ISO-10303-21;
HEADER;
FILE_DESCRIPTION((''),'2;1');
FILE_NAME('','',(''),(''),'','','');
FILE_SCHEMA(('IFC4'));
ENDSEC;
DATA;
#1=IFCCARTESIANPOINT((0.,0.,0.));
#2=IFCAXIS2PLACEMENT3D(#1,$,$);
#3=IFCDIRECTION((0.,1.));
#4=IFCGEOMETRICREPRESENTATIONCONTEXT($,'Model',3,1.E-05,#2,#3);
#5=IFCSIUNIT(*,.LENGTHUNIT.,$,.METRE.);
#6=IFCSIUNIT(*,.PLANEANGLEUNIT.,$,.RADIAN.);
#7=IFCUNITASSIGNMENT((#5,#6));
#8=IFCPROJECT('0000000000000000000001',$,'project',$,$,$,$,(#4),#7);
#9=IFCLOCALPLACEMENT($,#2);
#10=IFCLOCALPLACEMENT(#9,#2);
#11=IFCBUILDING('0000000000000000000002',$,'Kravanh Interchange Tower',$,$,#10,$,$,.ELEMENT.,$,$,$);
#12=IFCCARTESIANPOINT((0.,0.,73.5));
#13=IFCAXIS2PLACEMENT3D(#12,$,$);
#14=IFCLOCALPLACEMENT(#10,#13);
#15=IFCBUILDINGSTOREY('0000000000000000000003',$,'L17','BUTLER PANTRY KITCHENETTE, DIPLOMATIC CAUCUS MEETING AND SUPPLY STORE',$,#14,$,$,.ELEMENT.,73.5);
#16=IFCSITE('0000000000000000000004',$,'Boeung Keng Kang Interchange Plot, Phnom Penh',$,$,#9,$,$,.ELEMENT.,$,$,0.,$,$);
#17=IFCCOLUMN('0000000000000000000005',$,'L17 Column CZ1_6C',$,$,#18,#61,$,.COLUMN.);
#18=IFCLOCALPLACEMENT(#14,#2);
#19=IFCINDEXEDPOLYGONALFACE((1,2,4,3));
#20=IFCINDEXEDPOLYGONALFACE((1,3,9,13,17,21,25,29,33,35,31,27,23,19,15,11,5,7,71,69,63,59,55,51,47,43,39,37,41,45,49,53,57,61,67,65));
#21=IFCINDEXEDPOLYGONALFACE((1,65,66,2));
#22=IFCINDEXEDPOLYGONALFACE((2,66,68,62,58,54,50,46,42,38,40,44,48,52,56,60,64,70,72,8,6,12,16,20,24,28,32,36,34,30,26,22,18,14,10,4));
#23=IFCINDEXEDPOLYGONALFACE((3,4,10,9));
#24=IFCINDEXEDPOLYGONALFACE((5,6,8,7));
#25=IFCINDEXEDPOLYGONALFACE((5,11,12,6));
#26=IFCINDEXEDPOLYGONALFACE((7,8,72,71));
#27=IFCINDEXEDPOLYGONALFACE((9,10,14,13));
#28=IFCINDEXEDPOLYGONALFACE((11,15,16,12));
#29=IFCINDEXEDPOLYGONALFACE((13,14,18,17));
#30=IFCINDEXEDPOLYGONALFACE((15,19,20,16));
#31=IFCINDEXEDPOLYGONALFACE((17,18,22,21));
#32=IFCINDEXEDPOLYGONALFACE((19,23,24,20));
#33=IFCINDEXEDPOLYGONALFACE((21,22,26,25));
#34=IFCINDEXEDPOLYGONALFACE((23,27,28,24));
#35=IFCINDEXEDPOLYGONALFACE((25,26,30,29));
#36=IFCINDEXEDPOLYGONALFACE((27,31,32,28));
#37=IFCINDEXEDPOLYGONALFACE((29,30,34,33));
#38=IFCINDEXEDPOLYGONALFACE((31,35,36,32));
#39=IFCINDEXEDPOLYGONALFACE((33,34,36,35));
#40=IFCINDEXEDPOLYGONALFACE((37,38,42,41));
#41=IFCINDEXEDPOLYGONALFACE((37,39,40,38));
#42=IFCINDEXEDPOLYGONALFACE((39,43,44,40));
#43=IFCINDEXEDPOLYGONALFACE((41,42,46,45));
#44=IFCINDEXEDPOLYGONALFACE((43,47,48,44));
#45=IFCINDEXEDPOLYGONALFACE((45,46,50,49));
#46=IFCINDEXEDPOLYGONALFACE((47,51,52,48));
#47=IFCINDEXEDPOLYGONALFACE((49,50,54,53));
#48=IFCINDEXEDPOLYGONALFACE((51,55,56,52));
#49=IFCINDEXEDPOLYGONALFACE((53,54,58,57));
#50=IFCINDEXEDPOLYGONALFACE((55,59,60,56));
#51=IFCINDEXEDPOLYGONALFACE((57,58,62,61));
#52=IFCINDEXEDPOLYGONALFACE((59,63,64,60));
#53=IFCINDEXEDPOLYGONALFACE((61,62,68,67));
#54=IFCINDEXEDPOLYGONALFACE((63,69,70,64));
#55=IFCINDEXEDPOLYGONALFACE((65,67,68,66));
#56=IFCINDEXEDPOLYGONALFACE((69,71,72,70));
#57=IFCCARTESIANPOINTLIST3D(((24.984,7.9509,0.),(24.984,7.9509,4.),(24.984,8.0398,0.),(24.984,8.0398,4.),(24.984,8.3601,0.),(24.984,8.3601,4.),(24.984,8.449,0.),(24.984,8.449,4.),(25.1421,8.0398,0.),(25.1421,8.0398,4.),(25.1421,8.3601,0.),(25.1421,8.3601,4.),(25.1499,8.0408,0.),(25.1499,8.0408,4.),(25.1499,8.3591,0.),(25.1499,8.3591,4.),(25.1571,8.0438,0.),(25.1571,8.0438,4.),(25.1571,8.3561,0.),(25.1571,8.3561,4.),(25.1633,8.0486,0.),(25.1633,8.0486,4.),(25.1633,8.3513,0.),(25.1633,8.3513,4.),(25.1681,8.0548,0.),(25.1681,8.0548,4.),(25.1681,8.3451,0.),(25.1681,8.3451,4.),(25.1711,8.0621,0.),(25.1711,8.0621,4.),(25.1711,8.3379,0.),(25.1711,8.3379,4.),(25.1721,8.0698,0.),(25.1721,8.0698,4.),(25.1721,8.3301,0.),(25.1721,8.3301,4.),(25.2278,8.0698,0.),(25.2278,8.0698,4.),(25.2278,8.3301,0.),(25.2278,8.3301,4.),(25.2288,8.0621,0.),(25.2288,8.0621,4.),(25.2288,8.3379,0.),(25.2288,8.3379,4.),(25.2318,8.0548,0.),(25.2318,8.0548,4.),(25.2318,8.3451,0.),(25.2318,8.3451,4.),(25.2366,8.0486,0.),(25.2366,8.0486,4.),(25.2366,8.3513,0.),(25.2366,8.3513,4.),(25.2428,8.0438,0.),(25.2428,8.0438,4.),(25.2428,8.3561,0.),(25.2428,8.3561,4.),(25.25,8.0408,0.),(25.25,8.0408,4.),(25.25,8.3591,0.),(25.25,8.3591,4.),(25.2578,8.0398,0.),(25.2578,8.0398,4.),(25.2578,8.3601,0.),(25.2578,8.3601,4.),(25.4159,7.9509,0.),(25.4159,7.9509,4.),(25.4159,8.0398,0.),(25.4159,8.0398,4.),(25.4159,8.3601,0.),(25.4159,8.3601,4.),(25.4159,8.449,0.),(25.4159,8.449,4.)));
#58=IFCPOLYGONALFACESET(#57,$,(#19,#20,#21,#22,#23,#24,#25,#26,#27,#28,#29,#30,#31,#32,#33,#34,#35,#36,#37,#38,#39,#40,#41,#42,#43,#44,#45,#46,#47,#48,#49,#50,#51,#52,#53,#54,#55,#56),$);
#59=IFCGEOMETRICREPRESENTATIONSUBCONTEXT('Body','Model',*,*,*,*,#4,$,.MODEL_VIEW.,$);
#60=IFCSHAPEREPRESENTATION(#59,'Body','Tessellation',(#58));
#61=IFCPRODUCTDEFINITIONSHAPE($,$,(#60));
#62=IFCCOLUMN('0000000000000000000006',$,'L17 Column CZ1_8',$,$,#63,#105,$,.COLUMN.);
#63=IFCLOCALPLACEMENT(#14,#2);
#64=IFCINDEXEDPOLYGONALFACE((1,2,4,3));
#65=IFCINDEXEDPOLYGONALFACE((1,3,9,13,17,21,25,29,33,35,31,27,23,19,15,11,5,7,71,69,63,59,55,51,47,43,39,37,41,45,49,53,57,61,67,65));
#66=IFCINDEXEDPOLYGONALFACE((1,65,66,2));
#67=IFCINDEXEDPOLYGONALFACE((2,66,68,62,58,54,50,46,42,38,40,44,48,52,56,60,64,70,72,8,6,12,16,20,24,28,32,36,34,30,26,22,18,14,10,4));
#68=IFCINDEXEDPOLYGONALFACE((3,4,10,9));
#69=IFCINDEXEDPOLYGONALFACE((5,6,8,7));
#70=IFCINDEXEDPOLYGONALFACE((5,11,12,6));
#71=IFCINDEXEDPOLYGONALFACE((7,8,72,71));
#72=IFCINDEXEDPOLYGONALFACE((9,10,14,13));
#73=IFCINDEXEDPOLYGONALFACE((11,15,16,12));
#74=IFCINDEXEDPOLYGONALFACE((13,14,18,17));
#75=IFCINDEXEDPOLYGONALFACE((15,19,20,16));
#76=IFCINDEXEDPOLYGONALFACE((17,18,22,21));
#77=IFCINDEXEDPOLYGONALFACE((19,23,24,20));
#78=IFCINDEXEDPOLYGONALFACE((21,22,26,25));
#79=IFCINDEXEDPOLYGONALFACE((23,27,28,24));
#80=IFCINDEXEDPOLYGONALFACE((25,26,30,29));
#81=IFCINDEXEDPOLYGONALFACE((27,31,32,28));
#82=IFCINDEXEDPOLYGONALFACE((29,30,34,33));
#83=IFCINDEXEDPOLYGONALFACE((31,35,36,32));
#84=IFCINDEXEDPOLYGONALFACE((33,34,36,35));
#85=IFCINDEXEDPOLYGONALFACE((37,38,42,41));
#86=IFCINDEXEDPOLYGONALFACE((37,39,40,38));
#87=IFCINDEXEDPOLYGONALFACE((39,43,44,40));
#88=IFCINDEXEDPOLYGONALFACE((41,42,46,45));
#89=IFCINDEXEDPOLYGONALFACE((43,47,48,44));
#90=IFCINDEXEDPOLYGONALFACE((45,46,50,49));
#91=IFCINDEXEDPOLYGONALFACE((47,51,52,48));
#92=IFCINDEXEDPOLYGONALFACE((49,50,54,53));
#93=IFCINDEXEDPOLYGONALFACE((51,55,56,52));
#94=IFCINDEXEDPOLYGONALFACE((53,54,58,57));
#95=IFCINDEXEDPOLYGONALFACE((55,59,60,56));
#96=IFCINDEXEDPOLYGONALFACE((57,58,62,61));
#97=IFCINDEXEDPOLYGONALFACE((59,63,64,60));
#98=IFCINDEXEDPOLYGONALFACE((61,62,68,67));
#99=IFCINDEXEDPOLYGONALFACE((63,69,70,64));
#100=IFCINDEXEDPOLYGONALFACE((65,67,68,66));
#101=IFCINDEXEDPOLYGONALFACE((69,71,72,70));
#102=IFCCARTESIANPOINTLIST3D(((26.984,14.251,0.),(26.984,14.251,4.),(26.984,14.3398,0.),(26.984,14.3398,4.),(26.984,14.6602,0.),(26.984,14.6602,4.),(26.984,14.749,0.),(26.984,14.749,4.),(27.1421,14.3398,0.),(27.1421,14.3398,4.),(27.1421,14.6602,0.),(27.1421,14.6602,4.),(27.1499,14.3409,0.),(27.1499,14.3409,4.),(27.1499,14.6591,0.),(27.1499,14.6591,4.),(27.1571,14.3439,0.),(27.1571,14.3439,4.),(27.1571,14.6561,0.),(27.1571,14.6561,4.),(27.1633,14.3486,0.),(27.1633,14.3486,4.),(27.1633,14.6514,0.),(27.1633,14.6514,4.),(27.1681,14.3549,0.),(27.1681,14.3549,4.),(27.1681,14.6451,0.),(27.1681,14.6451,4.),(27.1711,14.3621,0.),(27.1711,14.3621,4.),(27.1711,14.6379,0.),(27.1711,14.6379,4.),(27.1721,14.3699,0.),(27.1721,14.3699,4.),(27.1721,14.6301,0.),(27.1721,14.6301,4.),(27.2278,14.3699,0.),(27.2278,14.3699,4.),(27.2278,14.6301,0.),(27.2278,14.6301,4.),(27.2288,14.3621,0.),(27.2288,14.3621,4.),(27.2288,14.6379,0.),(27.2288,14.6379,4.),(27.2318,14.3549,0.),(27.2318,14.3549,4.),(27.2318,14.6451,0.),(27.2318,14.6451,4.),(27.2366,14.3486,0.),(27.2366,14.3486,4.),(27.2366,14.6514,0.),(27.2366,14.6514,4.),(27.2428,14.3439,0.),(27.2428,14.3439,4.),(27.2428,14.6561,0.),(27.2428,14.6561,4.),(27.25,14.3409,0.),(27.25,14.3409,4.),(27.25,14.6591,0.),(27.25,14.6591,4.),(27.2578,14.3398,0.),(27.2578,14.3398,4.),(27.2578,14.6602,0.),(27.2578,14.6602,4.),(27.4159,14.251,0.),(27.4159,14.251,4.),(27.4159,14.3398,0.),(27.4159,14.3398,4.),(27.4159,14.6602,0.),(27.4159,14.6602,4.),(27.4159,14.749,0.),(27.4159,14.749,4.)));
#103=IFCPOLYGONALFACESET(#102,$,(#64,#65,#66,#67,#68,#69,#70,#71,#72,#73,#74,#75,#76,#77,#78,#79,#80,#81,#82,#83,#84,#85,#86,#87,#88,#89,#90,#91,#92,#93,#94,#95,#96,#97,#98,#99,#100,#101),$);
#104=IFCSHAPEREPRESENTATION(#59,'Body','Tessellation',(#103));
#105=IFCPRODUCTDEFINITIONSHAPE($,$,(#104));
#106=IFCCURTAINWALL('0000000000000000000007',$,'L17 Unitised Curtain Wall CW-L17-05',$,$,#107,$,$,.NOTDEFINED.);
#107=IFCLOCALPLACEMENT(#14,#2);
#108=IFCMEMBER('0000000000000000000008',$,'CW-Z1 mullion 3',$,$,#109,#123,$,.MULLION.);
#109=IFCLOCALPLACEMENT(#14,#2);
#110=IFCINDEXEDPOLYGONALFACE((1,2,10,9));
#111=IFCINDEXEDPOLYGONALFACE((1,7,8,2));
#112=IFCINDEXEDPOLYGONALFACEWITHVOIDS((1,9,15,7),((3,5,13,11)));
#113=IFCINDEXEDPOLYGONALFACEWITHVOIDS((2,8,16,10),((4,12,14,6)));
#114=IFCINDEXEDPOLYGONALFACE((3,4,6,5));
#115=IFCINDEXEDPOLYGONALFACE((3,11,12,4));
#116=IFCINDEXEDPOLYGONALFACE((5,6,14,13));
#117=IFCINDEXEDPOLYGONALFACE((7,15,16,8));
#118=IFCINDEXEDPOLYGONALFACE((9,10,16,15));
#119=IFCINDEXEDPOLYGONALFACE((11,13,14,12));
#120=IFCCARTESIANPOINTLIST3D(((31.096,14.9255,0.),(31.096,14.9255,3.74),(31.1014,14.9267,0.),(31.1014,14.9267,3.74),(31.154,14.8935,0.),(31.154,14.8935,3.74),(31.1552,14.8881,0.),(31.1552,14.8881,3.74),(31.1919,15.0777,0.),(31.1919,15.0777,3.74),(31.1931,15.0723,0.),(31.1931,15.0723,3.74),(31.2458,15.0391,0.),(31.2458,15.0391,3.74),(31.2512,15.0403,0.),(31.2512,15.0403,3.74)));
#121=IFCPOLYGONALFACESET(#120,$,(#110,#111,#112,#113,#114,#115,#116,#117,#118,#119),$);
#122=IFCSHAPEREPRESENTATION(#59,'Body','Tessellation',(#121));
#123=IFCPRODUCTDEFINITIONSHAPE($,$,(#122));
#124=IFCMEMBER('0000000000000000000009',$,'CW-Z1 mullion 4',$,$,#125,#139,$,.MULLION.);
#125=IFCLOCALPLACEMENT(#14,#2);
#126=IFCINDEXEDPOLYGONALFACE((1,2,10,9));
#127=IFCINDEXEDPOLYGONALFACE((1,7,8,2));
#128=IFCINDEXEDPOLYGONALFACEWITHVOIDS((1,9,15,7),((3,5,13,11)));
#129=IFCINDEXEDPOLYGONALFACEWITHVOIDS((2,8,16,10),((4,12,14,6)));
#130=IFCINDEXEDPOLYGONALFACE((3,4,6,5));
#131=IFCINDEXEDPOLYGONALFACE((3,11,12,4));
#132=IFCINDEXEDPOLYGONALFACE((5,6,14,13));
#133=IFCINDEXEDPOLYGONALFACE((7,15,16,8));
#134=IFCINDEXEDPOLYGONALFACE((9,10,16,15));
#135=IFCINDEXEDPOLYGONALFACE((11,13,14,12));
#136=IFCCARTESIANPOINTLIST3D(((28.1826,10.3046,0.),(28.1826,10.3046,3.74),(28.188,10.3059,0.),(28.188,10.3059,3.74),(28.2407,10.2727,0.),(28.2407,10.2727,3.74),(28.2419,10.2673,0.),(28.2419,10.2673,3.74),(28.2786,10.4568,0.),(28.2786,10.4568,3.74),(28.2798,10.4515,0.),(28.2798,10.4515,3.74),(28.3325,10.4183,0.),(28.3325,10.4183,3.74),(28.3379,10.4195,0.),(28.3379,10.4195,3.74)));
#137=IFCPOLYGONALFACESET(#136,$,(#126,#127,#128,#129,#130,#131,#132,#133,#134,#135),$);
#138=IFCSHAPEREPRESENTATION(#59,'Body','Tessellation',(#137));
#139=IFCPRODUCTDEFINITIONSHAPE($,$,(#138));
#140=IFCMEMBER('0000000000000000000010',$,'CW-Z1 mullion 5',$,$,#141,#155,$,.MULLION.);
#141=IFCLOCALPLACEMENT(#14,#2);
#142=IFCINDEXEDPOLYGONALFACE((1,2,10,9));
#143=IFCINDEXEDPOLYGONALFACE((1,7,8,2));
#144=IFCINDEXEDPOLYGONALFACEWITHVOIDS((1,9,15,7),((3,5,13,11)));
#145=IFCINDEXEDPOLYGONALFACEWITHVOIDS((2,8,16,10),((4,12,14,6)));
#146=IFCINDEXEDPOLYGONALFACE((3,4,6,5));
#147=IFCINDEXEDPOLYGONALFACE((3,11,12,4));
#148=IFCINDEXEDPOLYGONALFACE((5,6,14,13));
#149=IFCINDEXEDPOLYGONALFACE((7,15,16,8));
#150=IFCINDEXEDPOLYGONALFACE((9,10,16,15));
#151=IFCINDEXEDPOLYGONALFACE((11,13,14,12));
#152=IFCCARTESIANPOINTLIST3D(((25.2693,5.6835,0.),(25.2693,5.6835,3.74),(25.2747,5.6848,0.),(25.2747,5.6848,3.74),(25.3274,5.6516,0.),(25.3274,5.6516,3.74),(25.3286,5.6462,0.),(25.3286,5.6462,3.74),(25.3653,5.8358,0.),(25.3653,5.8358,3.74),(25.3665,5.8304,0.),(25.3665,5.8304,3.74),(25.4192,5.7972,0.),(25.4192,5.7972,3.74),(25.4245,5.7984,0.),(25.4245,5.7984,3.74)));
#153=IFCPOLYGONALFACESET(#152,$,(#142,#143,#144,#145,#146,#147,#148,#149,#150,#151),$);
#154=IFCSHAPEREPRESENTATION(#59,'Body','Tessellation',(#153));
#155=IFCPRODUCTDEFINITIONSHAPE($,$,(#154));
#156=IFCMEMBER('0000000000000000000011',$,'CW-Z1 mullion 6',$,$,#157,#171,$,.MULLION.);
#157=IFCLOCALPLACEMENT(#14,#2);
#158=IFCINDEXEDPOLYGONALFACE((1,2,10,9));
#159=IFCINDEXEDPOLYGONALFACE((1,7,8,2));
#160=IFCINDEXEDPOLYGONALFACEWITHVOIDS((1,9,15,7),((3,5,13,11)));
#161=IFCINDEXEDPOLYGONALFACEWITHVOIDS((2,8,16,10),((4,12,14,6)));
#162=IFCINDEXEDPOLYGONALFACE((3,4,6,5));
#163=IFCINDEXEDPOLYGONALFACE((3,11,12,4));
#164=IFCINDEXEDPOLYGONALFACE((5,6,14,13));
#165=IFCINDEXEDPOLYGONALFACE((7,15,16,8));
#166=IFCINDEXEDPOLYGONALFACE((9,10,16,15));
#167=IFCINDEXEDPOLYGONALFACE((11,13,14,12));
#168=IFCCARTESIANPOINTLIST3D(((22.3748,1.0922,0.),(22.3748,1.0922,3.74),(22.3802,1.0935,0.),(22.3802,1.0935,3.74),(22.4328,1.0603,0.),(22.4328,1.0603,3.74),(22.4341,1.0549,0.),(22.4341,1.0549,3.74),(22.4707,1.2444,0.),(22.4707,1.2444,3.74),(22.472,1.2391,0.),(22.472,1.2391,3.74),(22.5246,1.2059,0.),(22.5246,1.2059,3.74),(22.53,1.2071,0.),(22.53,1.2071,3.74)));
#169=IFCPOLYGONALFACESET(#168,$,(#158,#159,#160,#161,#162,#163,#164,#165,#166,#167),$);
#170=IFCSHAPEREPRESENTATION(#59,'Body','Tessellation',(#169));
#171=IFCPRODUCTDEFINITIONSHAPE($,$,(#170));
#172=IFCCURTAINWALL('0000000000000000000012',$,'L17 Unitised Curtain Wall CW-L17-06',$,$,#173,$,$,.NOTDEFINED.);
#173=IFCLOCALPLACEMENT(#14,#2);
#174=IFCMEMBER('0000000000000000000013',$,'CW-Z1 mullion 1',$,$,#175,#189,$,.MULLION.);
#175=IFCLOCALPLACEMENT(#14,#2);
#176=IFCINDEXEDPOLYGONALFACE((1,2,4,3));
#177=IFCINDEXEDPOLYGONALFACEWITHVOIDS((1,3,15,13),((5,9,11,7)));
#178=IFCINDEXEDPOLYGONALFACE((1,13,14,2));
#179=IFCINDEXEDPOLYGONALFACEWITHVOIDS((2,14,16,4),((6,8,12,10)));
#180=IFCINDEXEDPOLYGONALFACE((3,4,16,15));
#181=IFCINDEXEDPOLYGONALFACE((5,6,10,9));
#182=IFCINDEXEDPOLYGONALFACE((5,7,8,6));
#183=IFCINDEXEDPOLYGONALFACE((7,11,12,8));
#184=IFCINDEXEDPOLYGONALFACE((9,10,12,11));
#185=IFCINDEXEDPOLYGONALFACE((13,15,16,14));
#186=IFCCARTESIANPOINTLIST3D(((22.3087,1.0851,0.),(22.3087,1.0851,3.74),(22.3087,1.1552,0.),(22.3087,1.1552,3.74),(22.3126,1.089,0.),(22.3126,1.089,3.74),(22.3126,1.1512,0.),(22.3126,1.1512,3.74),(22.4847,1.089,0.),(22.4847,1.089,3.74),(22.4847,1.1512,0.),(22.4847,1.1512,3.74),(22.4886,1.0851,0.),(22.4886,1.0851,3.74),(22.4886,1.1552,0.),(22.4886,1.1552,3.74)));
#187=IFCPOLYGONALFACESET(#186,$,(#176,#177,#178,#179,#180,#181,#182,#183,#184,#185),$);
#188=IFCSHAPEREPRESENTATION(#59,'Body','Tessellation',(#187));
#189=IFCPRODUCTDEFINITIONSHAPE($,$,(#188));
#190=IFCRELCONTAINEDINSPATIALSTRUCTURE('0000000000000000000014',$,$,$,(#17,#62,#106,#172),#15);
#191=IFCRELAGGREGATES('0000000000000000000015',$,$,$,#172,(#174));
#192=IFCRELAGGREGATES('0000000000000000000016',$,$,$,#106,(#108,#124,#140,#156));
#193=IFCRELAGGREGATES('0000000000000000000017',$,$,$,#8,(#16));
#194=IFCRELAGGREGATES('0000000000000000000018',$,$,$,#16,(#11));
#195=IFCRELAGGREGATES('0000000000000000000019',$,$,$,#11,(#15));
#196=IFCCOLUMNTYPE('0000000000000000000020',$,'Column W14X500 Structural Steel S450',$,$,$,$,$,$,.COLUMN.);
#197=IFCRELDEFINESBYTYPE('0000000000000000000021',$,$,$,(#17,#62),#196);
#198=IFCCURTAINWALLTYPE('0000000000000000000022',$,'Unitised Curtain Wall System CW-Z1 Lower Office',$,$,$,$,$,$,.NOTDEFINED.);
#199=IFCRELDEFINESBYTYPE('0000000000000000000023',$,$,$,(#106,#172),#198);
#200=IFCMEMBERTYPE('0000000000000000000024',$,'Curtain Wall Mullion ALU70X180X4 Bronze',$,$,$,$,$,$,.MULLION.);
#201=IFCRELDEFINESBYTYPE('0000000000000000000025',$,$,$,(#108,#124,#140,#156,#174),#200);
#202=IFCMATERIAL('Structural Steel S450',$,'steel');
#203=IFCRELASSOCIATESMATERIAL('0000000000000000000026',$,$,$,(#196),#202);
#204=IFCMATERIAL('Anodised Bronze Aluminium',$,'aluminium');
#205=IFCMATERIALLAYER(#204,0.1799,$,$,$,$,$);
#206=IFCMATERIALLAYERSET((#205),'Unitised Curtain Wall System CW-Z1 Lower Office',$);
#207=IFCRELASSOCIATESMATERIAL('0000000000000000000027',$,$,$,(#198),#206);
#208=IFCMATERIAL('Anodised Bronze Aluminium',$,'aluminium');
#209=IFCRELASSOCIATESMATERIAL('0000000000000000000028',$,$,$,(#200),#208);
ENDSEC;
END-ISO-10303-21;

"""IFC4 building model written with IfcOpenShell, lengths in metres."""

from ifc_helpers import new_model, si_unit, direction, frame, origin, origin_2d, place, context, subcontext, project, spatial, hollow_rectangle, i_section, extrude, material, layer, layer_set, material_profile, profile_set, type_object, element, aggregate, save


model = new_model("IFC4")

# Units and contexts
model_context = context("Model", 3, precision=1e-05, world=origin(), true_north=direction((0.0, 1.0)))
body_context = subcontext(model_context, "Body", "Model", "MODEL_VIEW")
ifc_project = project(units=[si_unit("LENGTHUNIT", "METRE"), si_unit("PLANEANGLEUNIT", "RADIAN")], contexts=[model_context])

# Site, building, storey
site_placement = place(None, origin())
site = spatial("IfcSite", under=ifc_project, at=site_placement, Name="Boeung Keng Kang Interchange Plot, Phnom Penh", CompositionType="ELEMENT", RefElevation=0.0)
building_placement = place(site_placement, origin())
building = spatial("IfcBuilding", under=site, at=building_placement, Name="Kravanh Interchange Tower", CompositionType="ELEMENT")
storey_placement = place(building_placement, frame((0.0, 0.0, 73.5)))
storey = spatial("IfcBuildingStorey", under=building, at=storey_placement, Name="L17", Description="BUTLER PANTRY KITCHENETTE, DIPLOMATIC CAUCUS MEETING AND SUPPLY STORE", CompositionType="ELEMENT", Elevation=73.5)

# Columns
ifc_material_1 = material(Name="Structural Steel S450", Category="steel")
ifc_material_profile_1 = material_profile(ifc_material_1, i_section(OverallWidth=0.4319, OverallDepth=0.498, WebThickness=0.0557, FlangeThickness=0.0889, FilletRadius=0.03, at=origin_2d()), Name="W14X500")
ifc_profile_set_1 = profile_set([ifc_material_profile_1], Name="Structural Steel S450")
column_type = type_object("IfcColumnType", Name="Column W14X500 Structural Steel S450", PredefinedType="COLUMN", material=ifc_profile_set_1)
for number, where, z_axis, x_axis, name in (
    (1, (25.2, 8.2, 0.0), (0.0, 0.0, 1.0), (1.0, 0.0, 0.0), "L17 Column CZ1_6C"),
    (2, (27.2, 14.5, 0.0), (0.0, 0.0, 1.0), (1.0, 0.0, 0.0), "L17 Column CZ1_8"),
):
    element("IfcColumn", number, at=place(storey_placement, frame(where, z_axis=z_axis, x_axis=x_axis)), inside=storey, type_object=column_type, Name=name, PredefinedType="COLUMN", context=body_context, shape_type="SweptSolid", body=[
        extrude(i_section(OverallWidth=0.4319, OverallDepth=0.498, WebThickness=0.0557, FlangeThickness=0.0889, FilletRadius=0.03, at=origin_2d()), origin(), (0.0, 0.0, 1.0), 4.0),
    ])

# Curtain wall, members
ifc_material_2 = material(Name="Anodised Bronze Aluminium", Category="aluminium")
ifc_layer_1 = layer(ifc_material_2, 0.1799)
ifc_layer_set_1 = layer_set([ifc_layer_1], Name="Unitised Curtain Wall System CW-Z1 Lower Office")
curtain_wall_type = type_object("IfcCurtainWallType", Name="Unitised Curtain Wall System CW-Z1 Lower Office", PredefinedType="NOTDEFINED", material=ifc_layer_set_1)
curtain_wall_1_placement = place(storey_placement, origin())
curtain_wall_1 = element("IfcCurtainWall", 3, at=curtain_wall_1_placement, inside=storey, type_object=curtain_wall_type, Name="L17 Unitised Curtain Wall CW-L17-05", PredefinedType="NOTDEFINED")
ifc_material_3 = material(Name="Anodised Bronze Aluminium", Category="aluminium")
ifc_material_profile_2 = material_profile(ifc_material_3, hollow_rectangle(XDim=0.0701, YDim=0.1799, WallThickness=0.0039, at=origin_2d()), Name="ALU70X180X4")
ifc_profile_set_2 = profile_set([ifc_material_profile_2], Name="Anodised Bronze Aluminium")
member_type_1 = type_object("IfcMemberType", Name="Curtain Wall Mullion ALU70X180X4 Bronze", PredefinedType="MULLION", material=ifc_profile_set_2)
member_1_placement = place(storey_placement, frame((31.1736, 14.9829, 0.0), z_axis=(0.0, 0.0, 1.0), x_axis=(0.845926, -0.533301, 0.0)))
member_1 = element("IfcMember", 4, at=member_1_placement, type_object=member_type_1, Name="CW-Z1 mullion 3", PredefinedType="MULLION", context=body_context, shape_type="SweptSolid", body=[
    extrude(hollow_rectangle(XDim=0.0701, YDim=0.1799, WallThickness=0.0039, at=origin_2d()), origin(), (0.0, 0.0, 1.0), 3.74),
])
member_2_placement = place(storey_placement, frame((28.2603, 10.3621, 0.0), z_axis=(0.0, 0.0, 1.0), x_axis=(0.845926, -0.533301, 0.0)))
member_2 = element("IfcMember", 5, at=member_2_placement, type_object=member_type_1, Name="CW-Z1 mullion 4", PredefinedType="MULLION", context=body_context, shape_type="SweptSolid", body=[
    extrude(hollow_rectangle(XDim=0.0701, YDim=0.1799, WallThickness=0.0039, at=origin_2d()), origin(), (0.0, 0.0, 1.0), 3.74),
])
member_3_placement = place(storey_placement, frame((25.3469, 5.741, 0.0), z_axis=(0.0, 0.0, 1.0), x_axis=(0.845926, -0.533301, 0.0)))
member_3 = element("IfcMember", 6, at=member_3_placement, type_object=member_type_1, Name="CW-Z1 mullion 5", PredefinedType="MULLION", context=body_context, shape_type="SweptSolid", body=[
    extrude(hollow_rectangle(XDim=0.0701, YDim=0.1799, WallThickness=0.0039, at=origin_2d()), origin(), (0.0, 0.0, 1.0), 3.74),
])
member_4_placement = place(storey_placement, frame((22.4524, 1.1497, 0.0), z_axis=(0.0, 0.0, 1.0), x_axis=(0.845926, -0.533301, 0.0)))
member_4 = element("IfcMember", 7, at=member_4_placement, type_object=member_type_1, Name="CW-Z1 mullion 6", PredefinedType="MULLION", context=body_context, shape_type="SweptSolid", body=[
    extrude(hollow_rectangle(XDim=0.0701, YDim=0.1799, WallThickness=0.0039, at=origin_2d()), origin(), (0.0, 0.0, 1.0), 3.74),
])

# Curtain wall, member
curtain_wall_2_placement = place(storey_placement, origin())
curtain_wall_2 = element("IfcCurtainWall", 8, at=curtain_wall_2_placement, inside=storey, type_object=curtain_wall_type, Name="L17 Unitised Curtain Wall CW-L17-06", PredefinedType="NOTDEFINED")
member_5_placement = place(storey_placement, frame((22.3987, 1.1201, 0.0), z_axis=(0.0, 0.0, 1.0), x_axis=(0.0, -1.0, 0.0)))
member_5 = element("IfcMember", 9, at=member_5_placement, type_object=member_type_1, Name="CW-Z1 mullion 1", PredefinedType="MULLION", context=body_context, shape_type="SweptSolid", body=[
    extrude(hollow_rectangle(XDim=0.0701, YDim=0.1799, WallThickness=0.0039, at=origin_2d()), origin(), (0.0, 0.0, 1.0), 3.74),
])

aggregate(curtain_wall_2, [member_5])

aggregate(curtain_wall_1, [member_1, member_2, member_3, member_4])

save(model, "model.ifc")
